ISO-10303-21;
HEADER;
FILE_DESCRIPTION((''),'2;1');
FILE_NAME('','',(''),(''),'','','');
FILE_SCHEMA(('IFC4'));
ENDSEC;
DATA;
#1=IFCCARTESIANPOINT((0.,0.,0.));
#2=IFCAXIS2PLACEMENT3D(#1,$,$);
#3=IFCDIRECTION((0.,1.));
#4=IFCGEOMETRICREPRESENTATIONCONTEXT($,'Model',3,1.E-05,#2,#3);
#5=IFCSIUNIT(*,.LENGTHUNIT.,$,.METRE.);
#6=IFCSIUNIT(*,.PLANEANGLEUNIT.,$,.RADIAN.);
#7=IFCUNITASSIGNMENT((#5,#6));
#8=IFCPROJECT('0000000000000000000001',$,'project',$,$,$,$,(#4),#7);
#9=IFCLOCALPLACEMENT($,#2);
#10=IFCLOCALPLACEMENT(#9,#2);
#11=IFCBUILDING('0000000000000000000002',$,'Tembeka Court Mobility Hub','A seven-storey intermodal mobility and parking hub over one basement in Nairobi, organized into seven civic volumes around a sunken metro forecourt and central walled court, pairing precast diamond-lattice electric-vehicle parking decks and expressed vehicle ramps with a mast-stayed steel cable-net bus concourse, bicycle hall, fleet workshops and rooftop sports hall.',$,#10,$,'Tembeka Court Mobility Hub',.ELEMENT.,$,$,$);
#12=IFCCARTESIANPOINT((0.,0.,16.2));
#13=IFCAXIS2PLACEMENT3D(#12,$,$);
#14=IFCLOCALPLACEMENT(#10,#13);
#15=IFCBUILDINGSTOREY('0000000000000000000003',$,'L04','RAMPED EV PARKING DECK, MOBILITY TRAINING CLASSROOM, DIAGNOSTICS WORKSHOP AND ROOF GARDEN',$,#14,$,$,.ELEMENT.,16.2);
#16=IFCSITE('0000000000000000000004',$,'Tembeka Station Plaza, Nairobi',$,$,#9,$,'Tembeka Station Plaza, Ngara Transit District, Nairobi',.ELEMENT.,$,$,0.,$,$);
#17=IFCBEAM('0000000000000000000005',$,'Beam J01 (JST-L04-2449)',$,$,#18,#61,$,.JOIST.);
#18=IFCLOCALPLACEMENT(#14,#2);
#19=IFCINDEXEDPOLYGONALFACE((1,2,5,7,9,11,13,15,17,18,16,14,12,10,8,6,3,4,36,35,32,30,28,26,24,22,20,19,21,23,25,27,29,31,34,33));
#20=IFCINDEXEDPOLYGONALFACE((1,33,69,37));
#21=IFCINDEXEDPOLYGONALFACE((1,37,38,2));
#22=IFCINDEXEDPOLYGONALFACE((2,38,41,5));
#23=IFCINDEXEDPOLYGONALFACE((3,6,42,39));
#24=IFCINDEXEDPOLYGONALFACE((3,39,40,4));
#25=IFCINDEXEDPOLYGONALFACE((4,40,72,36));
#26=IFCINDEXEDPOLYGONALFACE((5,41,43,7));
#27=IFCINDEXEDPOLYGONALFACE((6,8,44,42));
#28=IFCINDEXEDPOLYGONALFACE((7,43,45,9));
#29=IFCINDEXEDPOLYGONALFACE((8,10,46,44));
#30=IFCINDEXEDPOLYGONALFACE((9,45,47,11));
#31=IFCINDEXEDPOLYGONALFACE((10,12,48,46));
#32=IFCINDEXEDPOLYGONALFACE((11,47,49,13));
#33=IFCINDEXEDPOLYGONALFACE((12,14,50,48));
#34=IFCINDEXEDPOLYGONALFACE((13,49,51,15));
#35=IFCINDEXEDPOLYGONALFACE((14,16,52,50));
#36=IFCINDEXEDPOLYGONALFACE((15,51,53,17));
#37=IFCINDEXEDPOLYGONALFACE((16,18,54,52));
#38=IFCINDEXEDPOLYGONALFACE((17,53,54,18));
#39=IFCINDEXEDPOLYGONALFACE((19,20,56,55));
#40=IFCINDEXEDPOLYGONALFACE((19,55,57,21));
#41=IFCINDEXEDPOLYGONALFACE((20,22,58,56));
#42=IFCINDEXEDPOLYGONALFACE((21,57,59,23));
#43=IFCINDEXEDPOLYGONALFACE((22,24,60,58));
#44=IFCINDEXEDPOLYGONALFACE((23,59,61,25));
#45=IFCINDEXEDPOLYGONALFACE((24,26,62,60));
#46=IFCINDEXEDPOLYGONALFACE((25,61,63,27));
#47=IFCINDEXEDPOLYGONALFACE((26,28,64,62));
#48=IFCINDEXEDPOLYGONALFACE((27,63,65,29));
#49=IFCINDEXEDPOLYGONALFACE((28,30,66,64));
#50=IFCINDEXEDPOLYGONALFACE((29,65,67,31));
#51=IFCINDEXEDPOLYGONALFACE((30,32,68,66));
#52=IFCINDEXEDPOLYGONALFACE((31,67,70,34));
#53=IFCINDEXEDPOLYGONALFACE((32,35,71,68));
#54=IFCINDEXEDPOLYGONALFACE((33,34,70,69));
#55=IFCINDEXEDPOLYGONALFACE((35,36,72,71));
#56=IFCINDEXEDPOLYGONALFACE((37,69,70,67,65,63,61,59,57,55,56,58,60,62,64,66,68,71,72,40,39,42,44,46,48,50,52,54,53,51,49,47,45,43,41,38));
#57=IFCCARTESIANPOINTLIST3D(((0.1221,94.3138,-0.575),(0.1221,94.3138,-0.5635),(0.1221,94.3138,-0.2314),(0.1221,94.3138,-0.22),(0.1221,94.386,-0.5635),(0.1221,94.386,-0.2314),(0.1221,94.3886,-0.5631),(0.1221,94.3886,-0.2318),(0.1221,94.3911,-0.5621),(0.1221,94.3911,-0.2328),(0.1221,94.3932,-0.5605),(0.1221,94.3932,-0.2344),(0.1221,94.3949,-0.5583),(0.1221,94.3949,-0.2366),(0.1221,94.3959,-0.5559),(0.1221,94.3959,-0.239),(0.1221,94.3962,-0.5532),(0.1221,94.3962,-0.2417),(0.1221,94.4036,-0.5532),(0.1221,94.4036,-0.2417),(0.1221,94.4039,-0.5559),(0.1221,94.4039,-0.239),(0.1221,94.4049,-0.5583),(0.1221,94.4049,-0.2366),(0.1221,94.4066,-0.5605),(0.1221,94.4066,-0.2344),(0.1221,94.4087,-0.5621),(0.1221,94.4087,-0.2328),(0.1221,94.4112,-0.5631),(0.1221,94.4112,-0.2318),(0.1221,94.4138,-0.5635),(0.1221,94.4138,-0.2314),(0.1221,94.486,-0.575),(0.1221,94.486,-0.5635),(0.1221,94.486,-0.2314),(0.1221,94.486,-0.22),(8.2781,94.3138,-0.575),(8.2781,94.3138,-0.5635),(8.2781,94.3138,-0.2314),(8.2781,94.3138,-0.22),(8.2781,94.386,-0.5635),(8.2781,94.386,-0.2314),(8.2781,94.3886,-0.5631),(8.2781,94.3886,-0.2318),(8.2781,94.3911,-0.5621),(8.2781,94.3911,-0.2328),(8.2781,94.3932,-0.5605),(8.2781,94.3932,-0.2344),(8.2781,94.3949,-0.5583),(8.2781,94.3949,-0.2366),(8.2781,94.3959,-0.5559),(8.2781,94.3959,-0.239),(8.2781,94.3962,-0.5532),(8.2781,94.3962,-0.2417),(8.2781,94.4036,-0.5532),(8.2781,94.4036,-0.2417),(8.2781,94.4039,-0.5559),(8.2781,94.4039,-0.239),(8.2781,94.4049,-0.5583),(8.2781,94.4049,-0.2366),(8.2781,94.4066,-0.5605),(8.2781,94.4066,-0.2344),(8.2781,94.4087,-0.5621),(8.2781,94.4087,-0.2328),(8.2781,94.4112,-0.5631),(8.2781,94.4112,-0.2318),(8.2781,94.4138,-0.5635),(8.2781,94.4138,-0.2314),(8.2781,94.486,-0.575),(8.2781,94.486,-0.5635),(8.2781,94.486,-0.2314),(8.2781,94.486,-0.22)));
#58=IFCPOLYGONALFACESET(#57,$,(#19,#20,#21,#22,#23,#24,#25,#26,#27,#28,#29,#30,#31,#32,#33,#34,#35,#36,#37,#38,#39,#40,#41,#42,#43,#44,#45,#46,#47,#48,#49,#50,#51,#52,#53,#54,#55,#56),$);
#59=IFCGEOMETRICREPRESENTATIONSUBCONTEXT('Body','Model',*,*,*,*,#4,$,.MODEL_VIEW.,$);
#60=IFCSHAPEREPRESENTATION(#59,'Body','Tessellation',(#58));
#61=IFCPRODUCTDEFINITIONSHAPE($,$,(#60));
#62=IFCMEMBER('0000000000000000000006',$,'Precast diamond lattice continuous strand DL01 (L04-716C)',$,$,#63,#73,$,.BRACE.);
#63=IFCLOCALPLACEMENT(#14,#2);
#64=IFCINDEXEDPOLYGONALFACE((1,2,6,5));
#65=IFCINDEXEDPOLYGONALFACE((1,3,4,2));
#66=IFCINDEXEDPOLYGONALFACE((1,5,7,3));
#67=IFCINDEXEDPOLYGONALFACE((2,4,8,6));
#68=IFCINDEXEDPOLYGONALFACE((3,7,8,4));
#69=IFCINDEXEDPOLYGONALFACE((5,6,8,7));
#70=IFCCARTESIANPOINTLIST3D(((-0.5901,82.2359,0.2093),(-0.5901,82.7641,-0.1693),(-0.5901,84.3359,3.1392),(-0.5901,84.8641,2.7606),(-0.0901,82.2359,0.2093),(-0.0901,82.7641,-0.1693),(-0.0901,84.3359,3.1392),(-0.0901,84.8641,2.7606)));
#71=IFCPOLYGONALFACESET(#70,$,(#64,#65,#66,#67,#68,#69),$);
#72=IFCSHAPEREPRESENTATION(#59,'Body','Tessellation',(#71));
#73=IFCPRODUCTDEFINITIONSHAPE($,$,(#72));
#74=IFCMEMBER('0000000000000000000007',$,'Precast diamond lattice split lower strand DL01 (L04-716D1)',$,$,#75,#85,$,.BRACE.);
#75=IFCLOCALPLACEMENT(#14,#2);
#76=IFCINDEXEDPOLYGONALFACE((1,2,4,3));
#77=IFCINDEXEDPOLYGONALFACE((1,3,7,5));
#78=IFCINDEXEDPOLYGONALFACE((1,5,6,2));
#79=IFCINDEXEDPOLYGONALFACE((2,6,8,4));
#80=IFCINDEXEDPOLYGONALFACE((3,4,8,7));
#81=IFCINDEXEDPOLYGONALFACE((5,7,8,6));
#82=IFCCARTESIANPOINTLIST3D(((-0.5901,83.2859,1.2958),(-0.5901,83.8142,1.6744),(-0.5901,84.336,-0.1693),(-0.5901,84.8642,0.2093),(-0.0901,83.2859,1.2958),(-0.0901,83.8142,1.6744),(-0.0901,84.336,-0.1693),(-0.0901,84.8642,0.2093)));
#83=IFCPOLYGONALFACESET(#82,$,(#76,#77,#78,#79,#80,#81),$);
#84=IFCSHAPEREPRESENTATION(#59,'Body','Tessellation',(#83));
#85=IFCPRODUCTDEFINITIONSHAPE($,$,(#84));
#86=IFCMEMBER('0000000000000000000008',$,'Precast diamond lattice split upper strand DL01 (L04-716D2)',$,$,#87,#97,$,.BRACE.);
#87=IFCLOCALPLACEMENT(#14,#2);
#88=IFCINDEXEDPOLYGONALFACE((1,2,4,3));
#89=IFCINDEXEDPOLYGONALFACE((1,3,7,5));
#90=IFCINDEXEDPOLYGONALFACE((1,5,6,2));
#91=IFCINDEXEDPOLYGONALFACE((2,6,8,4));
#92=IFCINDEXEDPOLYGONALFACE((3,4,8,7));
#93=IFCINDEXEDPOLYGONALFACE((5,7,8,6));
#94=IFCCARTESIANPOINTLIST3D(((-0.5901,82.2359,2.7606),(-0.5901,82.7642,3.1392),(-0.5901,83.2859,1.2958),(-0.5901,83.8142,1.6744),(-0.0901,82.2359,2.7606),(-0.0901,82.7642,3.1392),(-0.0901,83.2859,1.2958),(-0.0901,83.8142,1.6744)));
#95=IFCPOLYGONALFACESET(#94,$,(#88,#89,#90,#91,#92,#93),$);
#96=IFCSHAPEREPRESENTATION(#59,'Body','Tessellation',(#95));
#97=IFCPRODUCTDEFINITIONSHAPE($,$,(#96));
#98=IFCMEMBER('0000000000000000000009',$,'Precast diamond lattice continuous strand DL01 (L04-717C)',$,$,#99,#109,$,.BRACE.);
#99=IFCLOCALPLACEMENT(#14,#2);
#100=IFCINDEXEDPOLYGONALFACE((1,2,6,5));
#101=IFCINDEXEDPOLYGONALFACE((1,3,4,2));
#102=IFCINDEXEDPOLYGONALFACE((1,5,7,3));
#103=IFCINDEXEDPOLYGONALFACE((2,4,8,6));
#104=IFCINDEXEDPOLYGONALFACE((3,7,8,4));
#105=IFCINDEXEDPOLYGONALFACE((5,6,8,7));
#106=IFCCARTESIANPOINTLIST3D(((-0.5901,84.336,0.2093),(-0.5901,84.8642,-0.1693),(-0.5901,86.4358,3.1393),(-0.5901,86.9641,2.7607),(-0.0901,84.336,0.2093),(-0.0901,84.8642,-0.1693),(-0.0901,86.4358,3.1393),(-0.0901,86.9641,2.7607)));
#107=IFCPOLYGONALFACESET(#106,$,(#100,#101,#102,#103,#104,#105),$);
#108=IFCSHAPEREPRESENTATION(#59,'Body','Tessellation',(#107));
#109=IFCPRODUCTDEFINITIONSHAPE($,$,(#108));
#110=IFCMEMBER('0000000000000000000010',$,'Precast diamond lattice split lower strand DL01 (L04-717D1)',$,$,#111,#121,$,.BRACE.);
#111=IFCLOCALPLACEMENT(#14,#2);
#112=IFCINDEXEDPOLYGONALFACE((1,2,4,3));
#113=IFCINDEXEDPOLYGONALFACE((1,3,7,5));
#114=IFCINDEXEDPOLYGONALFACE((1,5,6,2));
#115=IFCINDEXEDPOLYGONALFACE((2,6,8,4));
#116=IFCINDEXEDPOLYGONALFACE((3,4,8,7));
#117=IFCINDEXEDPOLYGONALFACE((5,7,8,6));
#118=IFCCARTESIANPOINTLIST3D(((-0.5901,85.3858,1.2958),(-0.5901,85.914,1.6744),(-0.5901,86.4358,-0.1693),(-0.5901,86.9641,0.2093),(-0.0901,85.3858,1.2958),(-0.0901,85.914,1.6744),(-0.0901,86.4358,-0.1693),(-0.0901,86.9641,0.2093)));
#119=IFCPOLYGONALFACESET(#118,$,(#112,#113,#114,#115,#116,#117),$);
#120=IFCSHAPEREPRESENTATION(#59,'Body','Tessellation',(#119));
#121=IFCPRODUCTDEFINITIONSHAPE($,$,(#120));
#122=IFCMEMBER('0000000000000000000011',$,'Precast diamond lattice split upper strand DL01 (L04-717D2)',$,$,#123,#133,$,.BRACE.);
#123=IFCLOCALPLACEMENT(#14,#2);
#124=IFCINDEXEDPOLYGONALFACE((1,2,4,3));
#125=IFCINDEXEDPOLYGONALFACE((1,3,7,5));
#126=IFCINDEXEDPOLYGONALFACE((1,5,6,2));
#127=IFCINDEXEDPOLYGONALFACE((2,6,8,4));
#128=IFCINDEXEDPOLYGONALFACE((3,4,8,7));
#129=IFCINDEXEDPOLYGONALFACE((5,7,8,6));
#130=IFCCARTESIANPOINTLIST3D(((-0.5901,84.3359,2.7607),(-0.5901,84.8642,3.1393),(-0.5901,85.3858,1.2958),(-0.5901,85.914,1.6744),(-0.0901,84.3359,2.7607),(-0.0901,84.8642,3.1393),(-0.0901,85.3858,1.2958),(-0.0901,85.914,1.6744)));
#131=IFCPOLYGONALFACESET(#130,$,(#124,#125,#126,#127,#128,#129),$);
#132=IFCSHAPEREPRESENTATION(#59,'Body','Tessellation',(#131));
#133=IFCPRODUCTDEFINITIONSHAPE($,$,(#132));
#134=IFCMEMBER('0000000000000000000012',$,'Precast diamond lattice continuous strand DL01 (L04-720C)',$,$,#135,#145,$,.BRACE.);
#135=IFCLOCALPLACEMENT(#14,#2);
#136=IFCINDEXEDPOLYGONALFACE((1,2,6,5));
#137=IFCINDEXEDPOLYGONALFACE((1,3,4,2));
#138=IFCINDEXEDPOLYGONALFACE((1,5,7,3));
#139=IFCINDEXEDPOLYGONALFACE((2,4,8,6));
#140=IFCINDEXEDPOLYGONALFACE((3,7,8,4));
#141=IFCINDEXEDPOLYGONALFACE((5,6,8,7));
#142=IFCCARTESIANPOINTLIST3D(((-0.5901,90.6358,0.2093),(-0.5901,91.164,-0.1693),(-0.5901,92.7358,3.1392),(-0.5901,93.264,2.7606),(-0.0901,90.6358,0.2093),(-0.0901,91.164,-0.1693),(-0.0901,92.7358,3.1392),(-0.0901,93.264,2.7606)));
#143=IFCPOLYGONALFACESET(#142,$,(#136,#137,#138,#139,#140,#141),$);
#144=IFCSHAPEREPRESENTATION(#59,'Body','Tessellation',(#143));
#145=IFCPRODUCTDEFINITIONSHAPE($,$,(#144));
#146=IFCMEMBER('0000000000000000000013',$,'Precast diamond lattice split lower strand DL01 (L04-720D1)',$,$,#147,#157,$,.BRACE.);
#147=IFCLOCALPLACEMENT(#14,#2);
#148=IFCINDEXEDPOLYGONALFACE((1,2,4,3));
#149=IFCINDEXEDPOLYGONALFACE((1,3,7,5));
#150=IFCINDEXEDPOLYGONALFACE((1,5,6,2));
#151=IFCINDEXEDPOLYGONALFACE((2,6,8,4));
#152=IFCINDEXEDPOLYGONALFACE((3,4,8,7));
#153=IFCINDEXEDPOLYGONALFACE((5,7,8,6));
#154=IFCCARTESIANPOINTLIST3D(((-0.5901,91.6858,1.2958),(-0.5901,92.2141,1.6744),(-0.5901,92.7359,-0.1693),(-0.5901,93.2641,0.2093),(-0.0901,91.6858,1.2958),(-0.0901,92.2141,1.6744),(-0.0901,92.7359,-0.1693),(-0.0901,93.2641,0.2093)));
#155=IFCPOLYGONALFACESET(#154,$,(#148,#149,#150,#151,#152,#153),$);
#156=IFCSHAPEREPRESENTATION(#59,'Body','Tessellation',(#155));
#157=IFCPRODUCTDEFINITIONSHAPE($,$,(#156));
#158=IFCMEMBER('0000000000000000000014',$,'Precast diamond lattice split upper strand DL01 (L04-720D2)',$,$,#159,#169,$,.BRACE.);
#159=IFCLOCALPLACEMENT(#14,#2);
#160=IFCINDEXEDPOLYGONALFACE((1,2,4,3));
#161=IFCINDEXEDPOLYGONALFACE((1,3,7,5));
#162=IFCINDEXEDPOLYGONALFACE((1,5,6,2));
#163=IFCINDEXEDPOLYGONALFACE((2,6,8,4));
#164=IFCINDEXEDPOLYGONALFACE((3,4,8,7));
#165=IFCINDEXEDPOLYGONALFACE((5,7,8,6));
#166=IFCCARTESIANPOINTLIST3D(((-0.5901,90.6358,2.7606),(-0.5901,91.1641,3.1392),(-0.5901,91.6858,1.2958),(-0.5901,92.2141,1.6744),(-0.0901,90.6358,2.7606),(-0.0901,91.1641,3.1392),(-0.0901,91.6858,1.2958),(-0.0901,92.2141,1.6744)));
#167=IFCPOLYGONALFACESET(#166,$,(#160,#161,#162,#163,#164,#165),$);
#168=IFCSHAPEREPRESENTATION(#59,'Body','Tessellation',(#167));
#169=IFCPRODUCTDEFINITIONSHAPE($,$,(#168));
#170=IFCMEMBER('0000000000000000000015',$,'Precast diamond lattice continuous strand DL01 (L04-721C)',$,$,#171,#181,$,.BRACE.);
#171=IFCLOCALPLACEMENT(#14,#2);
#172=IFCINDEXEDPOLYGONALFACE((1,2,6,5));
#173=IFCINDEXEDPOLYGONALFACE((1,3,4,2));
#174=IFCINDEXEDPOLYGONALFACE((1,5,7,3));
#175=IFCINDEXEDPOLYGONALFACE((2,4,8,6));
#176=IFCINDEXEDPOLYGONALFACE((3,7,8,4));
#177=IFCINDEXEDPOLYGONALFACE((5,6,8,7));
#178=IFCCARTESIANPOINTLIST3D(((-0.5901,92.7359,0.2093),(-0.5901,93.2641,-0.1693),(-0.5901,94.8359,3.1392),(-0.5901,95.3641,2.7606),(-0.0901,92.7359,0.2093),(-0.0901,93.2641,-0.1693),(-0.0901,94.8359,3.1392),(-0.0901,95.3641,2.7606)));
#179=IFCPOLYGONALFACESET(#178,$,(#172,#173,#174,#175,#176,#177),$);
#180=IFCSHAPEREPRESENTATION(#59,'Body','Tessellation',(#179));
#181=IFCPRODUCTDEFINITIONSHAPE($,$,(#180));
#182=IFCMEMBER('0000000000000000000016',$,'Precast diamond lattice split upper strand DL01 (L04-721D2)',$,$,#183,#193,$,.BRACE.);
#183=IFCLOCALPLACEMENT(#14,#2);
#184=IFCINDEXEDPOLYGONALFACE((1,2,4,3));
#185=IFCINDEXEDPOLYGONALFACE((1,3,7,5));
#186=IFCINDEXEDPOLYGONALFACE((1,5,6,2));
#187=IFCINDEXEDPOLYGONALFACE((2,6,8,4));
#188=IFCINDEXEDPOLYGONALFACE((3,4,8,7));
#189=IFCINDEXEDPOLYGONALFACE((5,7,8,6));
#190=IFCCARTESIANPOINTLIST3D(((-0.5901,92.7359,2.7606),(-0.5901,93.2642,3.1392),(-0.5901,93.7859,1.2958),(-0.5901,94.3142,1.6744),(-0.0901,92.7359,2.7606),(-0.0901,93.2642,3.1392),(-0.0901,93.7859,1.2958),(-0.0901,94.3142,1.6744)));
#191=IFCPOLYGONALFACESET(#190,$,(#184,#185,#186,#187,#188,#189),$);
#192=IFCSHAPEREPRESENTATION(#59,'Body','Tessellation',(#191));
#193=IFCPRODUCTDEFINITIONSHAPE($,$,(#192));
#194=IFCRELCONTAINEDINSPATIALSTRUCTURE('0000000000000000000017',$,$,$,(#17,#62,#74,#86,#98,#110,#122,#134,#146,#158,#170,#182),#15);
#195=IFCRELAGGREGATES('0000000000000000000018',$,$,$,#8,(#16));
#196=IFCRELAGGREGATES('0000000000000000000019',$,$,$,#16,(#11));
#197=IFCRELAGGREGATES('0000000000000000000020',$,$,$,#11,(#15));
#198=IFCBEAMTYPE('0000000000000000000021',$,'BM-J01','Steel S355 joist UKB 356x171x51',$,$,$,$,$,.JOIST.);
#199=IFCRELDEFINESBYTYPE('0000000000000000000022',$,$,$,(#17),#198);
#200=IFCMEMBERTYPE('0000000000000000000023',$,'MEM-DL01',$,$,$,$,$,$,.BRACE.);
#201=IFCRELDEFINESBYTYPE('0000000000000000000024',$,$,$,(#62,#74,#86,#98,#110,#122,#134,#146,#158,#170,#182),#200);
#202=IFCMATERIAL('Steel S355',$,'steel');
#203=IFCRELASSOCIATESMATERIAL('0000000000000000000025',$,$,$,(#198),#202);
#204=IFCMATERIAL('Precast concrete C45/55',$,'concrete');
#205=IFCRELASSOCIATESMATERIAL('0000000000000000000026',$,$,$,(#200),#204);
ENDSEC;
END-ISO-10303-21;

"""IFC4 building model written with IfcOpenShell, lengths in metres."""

from ifc_helpers import new_model, si_unit, direction, frame, origin, origin_2d, place, context, subcontext, project, spatial, rectangle, i_section, extrude, material, material_profile, profile_set, type_object, element, save


model = new_model("IFC4")

# Units and contexts
model_context = context("Model", 3, precision=1e-05, world=origin(), true_north=direction((0.0, 1.0)))
body_context = subcontext(model_context, "Body", "Model", "MODEL_VIEW")
ifc_project = project(units=[si_unit("LENGTHUNIT", "METRE"), si_unit("PLANEANGLEUNIT", "RADIAN")], contexts=[model_context])

# Site, building, storey
site_placement = place(None, origin())
site = spatial("IfcSite", under=ifc_project, at=site_placement, Name="Tembeka Station Plaza, Nairobi", LongName="Tembeka Station Plaza, Ngara Transit District, Nairobi", CompositionType="ELEMENT", RefElevation=0.0)
building_placement = place(site_placement, origin())
building = spatial("IfcBuilding", under=site, at=building_placement, Name="Tembeka Court Mobility Hub", Description="A seven-storey intermodal mobility and parking hub over one basement in Nairobi, organized into seven civic volumes around a sunken metro forecourt and central walled court, pairing precast diamond-lattice electric-vehicle parking decks and expressed vehicle ramps with a mast-stayed steel cable-net bus concourse, bicycle hall, fleet workshops and rooftop sports hall.", LongName="Tembeka Court Mobility Hub", CompositionType="ELEMENT")
storey_placement = place(building_placement, frame((0.0, 0.0, 16.2)))
storey = spatial("IfcBuildingStorey", under=building, at=storey_placement, Name="L04", Description="RAMPED EV PARKING DECK, MOBILITY TRAINING CLASSROOM, DIAGNOSTICS WORKSHOP AND ROOF GARDEN", CompositionType="ELEMENT", Elevation=16.2)

# Beam
ifc_material_1 = material(Name="Steel S355", Category="steel")
ifc_material_profile_1 = material_profile(ifc_material_1, i_section(OverallWidth=0.1721, OverallDepth=0.355, WebThickness=0.0073, FlangeThickness=0.0115, FilletRadius=0.0103, at=origin_2d()), Name="UKB 356x171x51")
ifc_profile_set_1 = profile_set([ifc_material_profile_1], Name="Steel S355")
beam_type = type_object("IfcBeamType", Name="BM-J01", Description="Steel S355 joist UKB 356x171x51", PredefinedType="JOIST", material=ifc_profile_set_1)
for number, where, z_axis, x_axis, name in (
    (1, (0.1221, 94.3999, -0.3975), (1.0, 0.0, 0.0), (0.0, 1.0, 0.0), "Beam J01 (JST-L04-2449)"),
):
    element("IfcBeam", number, at=place(storey_placement, frame(where, z_axis=z_axis, x_axis=x_axis)), inside=storey, type_object=beam_type, Name=name, PredefinedType="JOIST", context=body_context, shape_type="SweptSolid", body=[
        extrude(i_section(OverallWidth=0.1721, OverallDepth=0.355, WebThickness=0.0073, FlangeThickness=0.0115, FilletRadius=0.0103, at=origin_2d()), origin(), (0.0, 0.0, 1.0), 8.156),
    ])

# Members
ifc_material_2 = material(Name="Precast concrete C45/55", Category="concrete")
ifc_material_profile_2 = material_profile(ifc_material_2, rectangle(XDim=0.5, YDim=0.6499, at=origin_2d()), Name="PC-DIAG 500x650")
ifc_profile_set_2 = profile_set([ifc_material_profile_2], Name="Precast concrete C45/55")
member_type_1 = type_object("IfcMemberType", Name="MEM-DL01", PredefinedType="BRACE", material=ifc_profile_set_2)
member_1_placement = place(storey_placement, frame((-0.3401, 82.5, 0.02), z_axis=(0.0, 0.582576, 0.812776), x_axis=(-1.0, 0.0, 0.0)))
element("IfcMember", 2, at=member_1_placement, inside=storey, type_object=member_type_1, Name="Precast diamond lattice continuous strand DL01 (L04-716C)", PredefinedType="BRACE", context=body_context, shape_type="SweptSolid", body=[
    extrude(rectangle(XDim=0.5, YDim=0.6499, at=origin_2d()), origin(), (0.0, 0.0, 1.0), 3.6047),
])
member_2_placement = place(storey_placement, frame((-0.3401, 84.6001, 0.02), z_axis=(0.0, -0.582544, 0.812799), x_axis=(1.0, 0.0, 0.0)))
element("IfcMember", 3, at=member_2_placement, inside=storey, type_object=member_type_1, Name="Precast diamond lattice split lower strand DL01 (L04-716D1)", PredefinedType="BRACE", context=body_context, shape_type="SweptSolid", body=[
    extrude(rectangle(XDim=0.5, YDim=0.6499, at=origin_2d()), origin(), (0.0, 0.0, 1.0), 1.8025),
])
member_3_placement = place(storey_placement, frame((-0.3401, 83.55, 1.4851), z_axis=(0.0, -0.582608, 0.812753), x_axis=(1.0, 0.0, 0.0)))
element("IfcMember", 4, at=member_3_placement, inside=storey, type_object=member_type_1, Name="Precast diamond lattice split upper strand DL01 (L04-716D2)", PredefinedType="BRACE", context=body_context, shape_type="SweptSolid", body=[
    extrude(rectangle(XDim=0.5, YDim=0.6499, at=origin_2d()), origin(), (0.0, 0.0, 1.0), 1.8022),
])
member_4_placement = place(storey_placement, frame((-0.3401, 84.6001, 0.02), z_axis=(0.0, 0.582532, 0.812808), x_axis=(-1.0, 0.0, 0.0)))
element("IfcMember", 5, at=member_4_placement, inside=storey, type_object=member_type_1, Name="Precast diamond lattice continuous strand DL01 (L04-717C)", PredefinedType="BRACE", context=body_context, shape_type="SweptSolid", body=[
    extrude(rectangle(XDim=0.5, YDim=0.6499, at=origin_2d()), origin(), (0.0, 0.0, 1.0), 3.6047),
])
member_5_placement = place(storey_placement, frame((-0.3401, 86.7, 0.02), z_axis=(0.0, -0.582544, 0.812799), x_axis=(1.0, 0.0, 0.0)))
element("IfcMember", 6, at=member_5_placement, inside=storey, type_object=member_type_1, Name="Precast diamond lattice split lower strand DL01 (L04-717D1)", PredefinedType="BRACE", context=body_context, shape_type="SweptSolid", body=[
    extrude(rectangle(XDim=0.5, YDim=0.6499, at=origin_2d()), origin(), (0.0, 0.0, 1.0), 1.8025),
])
member_6_placement = place(storey_placement, frame((-0.3401, 85.6499, 1.4851), z_axis=(0.0, -0.582519, 0.812817), x_axis=(1.0, 0.0, 0.0)))
element("IfcMember", 7, at=member_6_placement, inside=storey, type_object=member_type_1, Name="Precast diamond lattice split upper strand DL01 (L04-717D2)", PredefinedType="BRACE", context=body_context, shape_type="SweptSolid", body=[
    extrude(rectangle(XDim=0.5, YDim=0.6499, at=origin_2d()), origin(), (0.0, 0.0, 1.0), 1.8022),
])
member_7_placement = place(storey_placement, frame((-0.3401, 90.8999, 0.02), z_axis=(0.0, 0.582576, 0.812776), x_axis=(-1.0, 0.0, 0.0)))
element("IfcMember", 8, at=member_7_placement, inside=storey, type_object=member_type_1, Name="Precast diamond lattice continuous strand DL01 (L04-720C)", PredefinedType="BRACE", context=body_context, shape_type="SweptSolid", body=[
    extrude(rectangle(XDim=0.5, YDim=0.6499, at=origin_2d()), origin(), (0.0, 0.0, 1.0), 3.6047),
])
member_8_placement = place(storey_placement, frame((-0.3401, 93.0, 0.02), z_axis=(0.0, -0.582544, 0.812799), x_axis=(1.0, 0.0, 0.0)))
element("IfcMember", 9, at=member_8_placement, inside=storey, type_object=member_type_1, Name="Precast diamond lattice split lower strand DL01 (L04-720D1)", PredefinedType="BRACE", context=body_context, shape_type="SweptSolid", body=[
    extrude(rectangle(XDim=0.5, YDim=0.6499, at=origin_2d()), origin(), (0.0, 0.0, 1.0), 1.8025),
])
member_9_placement = place(storey_placement, frame((-0.3401, 91.95, 1.4851), z_axis=(0.0, -0.582608, 0.812753), x_axis=(1.0, 0.0, 0.0)))
element("IfcMember", 10, at=member_9_placement, inside=storey, type_object=member_type_1, Name="Precast diamond lattice split upper strand DL01 (L04-720D2)", PredefinedType="BRACE", context=body_context, shape_type="SweptSolid", body=[
    extrude(rectangle(XDim=0.5, YDim=0.6499, at=origin_2d()), origin(), (0.0, 0.0, 1.0), 1.8022),
])
member_10_placement = place(storey_placement, frame((-0.3401, 93.0, 0.02), z_axis=(0.0, 0.582576, 0.812776), x_axis=(-1.0, 0.0, 0.0)))
element("IfcMember", 11, at=member_10_placement, inside=storey, type_object=member_type_1, Name="Precast diamond lattice continuous strand DL01 (L04-721C)", PredefinedType="BRACE", context=body_context, shape_type="SweptSolid", body=[
    extrude(rectangle(XDim=0.5, YDim=0.6499, at=origin_2d()), origin(), (0.0, 0.0, 1.0), 3.6047),
])
member_11_placement = place(storey_placement, frame((-0.3401, 94.05, 1.4851), z_axis=(0.0, -0.582608, 0.812753), x_axis=(1.0, 0.0, 0.0)))
element("IfcMember", 12, at=member_11_placement, inside=storey, type_object=member_type_1, Name="Precast diamond lattice split upper strand DL01 (L04-721D2)", PredefinedType="BRACE", context=body_context, shape_type="SweptSolid", body=[
    extrude(rectangle(XDim=0.5, YDim=0.6499, at=origin_2d()), origin(), (0.0, 0.0, 1.0), 1.8022),
])

save(model, "model.ifc")
